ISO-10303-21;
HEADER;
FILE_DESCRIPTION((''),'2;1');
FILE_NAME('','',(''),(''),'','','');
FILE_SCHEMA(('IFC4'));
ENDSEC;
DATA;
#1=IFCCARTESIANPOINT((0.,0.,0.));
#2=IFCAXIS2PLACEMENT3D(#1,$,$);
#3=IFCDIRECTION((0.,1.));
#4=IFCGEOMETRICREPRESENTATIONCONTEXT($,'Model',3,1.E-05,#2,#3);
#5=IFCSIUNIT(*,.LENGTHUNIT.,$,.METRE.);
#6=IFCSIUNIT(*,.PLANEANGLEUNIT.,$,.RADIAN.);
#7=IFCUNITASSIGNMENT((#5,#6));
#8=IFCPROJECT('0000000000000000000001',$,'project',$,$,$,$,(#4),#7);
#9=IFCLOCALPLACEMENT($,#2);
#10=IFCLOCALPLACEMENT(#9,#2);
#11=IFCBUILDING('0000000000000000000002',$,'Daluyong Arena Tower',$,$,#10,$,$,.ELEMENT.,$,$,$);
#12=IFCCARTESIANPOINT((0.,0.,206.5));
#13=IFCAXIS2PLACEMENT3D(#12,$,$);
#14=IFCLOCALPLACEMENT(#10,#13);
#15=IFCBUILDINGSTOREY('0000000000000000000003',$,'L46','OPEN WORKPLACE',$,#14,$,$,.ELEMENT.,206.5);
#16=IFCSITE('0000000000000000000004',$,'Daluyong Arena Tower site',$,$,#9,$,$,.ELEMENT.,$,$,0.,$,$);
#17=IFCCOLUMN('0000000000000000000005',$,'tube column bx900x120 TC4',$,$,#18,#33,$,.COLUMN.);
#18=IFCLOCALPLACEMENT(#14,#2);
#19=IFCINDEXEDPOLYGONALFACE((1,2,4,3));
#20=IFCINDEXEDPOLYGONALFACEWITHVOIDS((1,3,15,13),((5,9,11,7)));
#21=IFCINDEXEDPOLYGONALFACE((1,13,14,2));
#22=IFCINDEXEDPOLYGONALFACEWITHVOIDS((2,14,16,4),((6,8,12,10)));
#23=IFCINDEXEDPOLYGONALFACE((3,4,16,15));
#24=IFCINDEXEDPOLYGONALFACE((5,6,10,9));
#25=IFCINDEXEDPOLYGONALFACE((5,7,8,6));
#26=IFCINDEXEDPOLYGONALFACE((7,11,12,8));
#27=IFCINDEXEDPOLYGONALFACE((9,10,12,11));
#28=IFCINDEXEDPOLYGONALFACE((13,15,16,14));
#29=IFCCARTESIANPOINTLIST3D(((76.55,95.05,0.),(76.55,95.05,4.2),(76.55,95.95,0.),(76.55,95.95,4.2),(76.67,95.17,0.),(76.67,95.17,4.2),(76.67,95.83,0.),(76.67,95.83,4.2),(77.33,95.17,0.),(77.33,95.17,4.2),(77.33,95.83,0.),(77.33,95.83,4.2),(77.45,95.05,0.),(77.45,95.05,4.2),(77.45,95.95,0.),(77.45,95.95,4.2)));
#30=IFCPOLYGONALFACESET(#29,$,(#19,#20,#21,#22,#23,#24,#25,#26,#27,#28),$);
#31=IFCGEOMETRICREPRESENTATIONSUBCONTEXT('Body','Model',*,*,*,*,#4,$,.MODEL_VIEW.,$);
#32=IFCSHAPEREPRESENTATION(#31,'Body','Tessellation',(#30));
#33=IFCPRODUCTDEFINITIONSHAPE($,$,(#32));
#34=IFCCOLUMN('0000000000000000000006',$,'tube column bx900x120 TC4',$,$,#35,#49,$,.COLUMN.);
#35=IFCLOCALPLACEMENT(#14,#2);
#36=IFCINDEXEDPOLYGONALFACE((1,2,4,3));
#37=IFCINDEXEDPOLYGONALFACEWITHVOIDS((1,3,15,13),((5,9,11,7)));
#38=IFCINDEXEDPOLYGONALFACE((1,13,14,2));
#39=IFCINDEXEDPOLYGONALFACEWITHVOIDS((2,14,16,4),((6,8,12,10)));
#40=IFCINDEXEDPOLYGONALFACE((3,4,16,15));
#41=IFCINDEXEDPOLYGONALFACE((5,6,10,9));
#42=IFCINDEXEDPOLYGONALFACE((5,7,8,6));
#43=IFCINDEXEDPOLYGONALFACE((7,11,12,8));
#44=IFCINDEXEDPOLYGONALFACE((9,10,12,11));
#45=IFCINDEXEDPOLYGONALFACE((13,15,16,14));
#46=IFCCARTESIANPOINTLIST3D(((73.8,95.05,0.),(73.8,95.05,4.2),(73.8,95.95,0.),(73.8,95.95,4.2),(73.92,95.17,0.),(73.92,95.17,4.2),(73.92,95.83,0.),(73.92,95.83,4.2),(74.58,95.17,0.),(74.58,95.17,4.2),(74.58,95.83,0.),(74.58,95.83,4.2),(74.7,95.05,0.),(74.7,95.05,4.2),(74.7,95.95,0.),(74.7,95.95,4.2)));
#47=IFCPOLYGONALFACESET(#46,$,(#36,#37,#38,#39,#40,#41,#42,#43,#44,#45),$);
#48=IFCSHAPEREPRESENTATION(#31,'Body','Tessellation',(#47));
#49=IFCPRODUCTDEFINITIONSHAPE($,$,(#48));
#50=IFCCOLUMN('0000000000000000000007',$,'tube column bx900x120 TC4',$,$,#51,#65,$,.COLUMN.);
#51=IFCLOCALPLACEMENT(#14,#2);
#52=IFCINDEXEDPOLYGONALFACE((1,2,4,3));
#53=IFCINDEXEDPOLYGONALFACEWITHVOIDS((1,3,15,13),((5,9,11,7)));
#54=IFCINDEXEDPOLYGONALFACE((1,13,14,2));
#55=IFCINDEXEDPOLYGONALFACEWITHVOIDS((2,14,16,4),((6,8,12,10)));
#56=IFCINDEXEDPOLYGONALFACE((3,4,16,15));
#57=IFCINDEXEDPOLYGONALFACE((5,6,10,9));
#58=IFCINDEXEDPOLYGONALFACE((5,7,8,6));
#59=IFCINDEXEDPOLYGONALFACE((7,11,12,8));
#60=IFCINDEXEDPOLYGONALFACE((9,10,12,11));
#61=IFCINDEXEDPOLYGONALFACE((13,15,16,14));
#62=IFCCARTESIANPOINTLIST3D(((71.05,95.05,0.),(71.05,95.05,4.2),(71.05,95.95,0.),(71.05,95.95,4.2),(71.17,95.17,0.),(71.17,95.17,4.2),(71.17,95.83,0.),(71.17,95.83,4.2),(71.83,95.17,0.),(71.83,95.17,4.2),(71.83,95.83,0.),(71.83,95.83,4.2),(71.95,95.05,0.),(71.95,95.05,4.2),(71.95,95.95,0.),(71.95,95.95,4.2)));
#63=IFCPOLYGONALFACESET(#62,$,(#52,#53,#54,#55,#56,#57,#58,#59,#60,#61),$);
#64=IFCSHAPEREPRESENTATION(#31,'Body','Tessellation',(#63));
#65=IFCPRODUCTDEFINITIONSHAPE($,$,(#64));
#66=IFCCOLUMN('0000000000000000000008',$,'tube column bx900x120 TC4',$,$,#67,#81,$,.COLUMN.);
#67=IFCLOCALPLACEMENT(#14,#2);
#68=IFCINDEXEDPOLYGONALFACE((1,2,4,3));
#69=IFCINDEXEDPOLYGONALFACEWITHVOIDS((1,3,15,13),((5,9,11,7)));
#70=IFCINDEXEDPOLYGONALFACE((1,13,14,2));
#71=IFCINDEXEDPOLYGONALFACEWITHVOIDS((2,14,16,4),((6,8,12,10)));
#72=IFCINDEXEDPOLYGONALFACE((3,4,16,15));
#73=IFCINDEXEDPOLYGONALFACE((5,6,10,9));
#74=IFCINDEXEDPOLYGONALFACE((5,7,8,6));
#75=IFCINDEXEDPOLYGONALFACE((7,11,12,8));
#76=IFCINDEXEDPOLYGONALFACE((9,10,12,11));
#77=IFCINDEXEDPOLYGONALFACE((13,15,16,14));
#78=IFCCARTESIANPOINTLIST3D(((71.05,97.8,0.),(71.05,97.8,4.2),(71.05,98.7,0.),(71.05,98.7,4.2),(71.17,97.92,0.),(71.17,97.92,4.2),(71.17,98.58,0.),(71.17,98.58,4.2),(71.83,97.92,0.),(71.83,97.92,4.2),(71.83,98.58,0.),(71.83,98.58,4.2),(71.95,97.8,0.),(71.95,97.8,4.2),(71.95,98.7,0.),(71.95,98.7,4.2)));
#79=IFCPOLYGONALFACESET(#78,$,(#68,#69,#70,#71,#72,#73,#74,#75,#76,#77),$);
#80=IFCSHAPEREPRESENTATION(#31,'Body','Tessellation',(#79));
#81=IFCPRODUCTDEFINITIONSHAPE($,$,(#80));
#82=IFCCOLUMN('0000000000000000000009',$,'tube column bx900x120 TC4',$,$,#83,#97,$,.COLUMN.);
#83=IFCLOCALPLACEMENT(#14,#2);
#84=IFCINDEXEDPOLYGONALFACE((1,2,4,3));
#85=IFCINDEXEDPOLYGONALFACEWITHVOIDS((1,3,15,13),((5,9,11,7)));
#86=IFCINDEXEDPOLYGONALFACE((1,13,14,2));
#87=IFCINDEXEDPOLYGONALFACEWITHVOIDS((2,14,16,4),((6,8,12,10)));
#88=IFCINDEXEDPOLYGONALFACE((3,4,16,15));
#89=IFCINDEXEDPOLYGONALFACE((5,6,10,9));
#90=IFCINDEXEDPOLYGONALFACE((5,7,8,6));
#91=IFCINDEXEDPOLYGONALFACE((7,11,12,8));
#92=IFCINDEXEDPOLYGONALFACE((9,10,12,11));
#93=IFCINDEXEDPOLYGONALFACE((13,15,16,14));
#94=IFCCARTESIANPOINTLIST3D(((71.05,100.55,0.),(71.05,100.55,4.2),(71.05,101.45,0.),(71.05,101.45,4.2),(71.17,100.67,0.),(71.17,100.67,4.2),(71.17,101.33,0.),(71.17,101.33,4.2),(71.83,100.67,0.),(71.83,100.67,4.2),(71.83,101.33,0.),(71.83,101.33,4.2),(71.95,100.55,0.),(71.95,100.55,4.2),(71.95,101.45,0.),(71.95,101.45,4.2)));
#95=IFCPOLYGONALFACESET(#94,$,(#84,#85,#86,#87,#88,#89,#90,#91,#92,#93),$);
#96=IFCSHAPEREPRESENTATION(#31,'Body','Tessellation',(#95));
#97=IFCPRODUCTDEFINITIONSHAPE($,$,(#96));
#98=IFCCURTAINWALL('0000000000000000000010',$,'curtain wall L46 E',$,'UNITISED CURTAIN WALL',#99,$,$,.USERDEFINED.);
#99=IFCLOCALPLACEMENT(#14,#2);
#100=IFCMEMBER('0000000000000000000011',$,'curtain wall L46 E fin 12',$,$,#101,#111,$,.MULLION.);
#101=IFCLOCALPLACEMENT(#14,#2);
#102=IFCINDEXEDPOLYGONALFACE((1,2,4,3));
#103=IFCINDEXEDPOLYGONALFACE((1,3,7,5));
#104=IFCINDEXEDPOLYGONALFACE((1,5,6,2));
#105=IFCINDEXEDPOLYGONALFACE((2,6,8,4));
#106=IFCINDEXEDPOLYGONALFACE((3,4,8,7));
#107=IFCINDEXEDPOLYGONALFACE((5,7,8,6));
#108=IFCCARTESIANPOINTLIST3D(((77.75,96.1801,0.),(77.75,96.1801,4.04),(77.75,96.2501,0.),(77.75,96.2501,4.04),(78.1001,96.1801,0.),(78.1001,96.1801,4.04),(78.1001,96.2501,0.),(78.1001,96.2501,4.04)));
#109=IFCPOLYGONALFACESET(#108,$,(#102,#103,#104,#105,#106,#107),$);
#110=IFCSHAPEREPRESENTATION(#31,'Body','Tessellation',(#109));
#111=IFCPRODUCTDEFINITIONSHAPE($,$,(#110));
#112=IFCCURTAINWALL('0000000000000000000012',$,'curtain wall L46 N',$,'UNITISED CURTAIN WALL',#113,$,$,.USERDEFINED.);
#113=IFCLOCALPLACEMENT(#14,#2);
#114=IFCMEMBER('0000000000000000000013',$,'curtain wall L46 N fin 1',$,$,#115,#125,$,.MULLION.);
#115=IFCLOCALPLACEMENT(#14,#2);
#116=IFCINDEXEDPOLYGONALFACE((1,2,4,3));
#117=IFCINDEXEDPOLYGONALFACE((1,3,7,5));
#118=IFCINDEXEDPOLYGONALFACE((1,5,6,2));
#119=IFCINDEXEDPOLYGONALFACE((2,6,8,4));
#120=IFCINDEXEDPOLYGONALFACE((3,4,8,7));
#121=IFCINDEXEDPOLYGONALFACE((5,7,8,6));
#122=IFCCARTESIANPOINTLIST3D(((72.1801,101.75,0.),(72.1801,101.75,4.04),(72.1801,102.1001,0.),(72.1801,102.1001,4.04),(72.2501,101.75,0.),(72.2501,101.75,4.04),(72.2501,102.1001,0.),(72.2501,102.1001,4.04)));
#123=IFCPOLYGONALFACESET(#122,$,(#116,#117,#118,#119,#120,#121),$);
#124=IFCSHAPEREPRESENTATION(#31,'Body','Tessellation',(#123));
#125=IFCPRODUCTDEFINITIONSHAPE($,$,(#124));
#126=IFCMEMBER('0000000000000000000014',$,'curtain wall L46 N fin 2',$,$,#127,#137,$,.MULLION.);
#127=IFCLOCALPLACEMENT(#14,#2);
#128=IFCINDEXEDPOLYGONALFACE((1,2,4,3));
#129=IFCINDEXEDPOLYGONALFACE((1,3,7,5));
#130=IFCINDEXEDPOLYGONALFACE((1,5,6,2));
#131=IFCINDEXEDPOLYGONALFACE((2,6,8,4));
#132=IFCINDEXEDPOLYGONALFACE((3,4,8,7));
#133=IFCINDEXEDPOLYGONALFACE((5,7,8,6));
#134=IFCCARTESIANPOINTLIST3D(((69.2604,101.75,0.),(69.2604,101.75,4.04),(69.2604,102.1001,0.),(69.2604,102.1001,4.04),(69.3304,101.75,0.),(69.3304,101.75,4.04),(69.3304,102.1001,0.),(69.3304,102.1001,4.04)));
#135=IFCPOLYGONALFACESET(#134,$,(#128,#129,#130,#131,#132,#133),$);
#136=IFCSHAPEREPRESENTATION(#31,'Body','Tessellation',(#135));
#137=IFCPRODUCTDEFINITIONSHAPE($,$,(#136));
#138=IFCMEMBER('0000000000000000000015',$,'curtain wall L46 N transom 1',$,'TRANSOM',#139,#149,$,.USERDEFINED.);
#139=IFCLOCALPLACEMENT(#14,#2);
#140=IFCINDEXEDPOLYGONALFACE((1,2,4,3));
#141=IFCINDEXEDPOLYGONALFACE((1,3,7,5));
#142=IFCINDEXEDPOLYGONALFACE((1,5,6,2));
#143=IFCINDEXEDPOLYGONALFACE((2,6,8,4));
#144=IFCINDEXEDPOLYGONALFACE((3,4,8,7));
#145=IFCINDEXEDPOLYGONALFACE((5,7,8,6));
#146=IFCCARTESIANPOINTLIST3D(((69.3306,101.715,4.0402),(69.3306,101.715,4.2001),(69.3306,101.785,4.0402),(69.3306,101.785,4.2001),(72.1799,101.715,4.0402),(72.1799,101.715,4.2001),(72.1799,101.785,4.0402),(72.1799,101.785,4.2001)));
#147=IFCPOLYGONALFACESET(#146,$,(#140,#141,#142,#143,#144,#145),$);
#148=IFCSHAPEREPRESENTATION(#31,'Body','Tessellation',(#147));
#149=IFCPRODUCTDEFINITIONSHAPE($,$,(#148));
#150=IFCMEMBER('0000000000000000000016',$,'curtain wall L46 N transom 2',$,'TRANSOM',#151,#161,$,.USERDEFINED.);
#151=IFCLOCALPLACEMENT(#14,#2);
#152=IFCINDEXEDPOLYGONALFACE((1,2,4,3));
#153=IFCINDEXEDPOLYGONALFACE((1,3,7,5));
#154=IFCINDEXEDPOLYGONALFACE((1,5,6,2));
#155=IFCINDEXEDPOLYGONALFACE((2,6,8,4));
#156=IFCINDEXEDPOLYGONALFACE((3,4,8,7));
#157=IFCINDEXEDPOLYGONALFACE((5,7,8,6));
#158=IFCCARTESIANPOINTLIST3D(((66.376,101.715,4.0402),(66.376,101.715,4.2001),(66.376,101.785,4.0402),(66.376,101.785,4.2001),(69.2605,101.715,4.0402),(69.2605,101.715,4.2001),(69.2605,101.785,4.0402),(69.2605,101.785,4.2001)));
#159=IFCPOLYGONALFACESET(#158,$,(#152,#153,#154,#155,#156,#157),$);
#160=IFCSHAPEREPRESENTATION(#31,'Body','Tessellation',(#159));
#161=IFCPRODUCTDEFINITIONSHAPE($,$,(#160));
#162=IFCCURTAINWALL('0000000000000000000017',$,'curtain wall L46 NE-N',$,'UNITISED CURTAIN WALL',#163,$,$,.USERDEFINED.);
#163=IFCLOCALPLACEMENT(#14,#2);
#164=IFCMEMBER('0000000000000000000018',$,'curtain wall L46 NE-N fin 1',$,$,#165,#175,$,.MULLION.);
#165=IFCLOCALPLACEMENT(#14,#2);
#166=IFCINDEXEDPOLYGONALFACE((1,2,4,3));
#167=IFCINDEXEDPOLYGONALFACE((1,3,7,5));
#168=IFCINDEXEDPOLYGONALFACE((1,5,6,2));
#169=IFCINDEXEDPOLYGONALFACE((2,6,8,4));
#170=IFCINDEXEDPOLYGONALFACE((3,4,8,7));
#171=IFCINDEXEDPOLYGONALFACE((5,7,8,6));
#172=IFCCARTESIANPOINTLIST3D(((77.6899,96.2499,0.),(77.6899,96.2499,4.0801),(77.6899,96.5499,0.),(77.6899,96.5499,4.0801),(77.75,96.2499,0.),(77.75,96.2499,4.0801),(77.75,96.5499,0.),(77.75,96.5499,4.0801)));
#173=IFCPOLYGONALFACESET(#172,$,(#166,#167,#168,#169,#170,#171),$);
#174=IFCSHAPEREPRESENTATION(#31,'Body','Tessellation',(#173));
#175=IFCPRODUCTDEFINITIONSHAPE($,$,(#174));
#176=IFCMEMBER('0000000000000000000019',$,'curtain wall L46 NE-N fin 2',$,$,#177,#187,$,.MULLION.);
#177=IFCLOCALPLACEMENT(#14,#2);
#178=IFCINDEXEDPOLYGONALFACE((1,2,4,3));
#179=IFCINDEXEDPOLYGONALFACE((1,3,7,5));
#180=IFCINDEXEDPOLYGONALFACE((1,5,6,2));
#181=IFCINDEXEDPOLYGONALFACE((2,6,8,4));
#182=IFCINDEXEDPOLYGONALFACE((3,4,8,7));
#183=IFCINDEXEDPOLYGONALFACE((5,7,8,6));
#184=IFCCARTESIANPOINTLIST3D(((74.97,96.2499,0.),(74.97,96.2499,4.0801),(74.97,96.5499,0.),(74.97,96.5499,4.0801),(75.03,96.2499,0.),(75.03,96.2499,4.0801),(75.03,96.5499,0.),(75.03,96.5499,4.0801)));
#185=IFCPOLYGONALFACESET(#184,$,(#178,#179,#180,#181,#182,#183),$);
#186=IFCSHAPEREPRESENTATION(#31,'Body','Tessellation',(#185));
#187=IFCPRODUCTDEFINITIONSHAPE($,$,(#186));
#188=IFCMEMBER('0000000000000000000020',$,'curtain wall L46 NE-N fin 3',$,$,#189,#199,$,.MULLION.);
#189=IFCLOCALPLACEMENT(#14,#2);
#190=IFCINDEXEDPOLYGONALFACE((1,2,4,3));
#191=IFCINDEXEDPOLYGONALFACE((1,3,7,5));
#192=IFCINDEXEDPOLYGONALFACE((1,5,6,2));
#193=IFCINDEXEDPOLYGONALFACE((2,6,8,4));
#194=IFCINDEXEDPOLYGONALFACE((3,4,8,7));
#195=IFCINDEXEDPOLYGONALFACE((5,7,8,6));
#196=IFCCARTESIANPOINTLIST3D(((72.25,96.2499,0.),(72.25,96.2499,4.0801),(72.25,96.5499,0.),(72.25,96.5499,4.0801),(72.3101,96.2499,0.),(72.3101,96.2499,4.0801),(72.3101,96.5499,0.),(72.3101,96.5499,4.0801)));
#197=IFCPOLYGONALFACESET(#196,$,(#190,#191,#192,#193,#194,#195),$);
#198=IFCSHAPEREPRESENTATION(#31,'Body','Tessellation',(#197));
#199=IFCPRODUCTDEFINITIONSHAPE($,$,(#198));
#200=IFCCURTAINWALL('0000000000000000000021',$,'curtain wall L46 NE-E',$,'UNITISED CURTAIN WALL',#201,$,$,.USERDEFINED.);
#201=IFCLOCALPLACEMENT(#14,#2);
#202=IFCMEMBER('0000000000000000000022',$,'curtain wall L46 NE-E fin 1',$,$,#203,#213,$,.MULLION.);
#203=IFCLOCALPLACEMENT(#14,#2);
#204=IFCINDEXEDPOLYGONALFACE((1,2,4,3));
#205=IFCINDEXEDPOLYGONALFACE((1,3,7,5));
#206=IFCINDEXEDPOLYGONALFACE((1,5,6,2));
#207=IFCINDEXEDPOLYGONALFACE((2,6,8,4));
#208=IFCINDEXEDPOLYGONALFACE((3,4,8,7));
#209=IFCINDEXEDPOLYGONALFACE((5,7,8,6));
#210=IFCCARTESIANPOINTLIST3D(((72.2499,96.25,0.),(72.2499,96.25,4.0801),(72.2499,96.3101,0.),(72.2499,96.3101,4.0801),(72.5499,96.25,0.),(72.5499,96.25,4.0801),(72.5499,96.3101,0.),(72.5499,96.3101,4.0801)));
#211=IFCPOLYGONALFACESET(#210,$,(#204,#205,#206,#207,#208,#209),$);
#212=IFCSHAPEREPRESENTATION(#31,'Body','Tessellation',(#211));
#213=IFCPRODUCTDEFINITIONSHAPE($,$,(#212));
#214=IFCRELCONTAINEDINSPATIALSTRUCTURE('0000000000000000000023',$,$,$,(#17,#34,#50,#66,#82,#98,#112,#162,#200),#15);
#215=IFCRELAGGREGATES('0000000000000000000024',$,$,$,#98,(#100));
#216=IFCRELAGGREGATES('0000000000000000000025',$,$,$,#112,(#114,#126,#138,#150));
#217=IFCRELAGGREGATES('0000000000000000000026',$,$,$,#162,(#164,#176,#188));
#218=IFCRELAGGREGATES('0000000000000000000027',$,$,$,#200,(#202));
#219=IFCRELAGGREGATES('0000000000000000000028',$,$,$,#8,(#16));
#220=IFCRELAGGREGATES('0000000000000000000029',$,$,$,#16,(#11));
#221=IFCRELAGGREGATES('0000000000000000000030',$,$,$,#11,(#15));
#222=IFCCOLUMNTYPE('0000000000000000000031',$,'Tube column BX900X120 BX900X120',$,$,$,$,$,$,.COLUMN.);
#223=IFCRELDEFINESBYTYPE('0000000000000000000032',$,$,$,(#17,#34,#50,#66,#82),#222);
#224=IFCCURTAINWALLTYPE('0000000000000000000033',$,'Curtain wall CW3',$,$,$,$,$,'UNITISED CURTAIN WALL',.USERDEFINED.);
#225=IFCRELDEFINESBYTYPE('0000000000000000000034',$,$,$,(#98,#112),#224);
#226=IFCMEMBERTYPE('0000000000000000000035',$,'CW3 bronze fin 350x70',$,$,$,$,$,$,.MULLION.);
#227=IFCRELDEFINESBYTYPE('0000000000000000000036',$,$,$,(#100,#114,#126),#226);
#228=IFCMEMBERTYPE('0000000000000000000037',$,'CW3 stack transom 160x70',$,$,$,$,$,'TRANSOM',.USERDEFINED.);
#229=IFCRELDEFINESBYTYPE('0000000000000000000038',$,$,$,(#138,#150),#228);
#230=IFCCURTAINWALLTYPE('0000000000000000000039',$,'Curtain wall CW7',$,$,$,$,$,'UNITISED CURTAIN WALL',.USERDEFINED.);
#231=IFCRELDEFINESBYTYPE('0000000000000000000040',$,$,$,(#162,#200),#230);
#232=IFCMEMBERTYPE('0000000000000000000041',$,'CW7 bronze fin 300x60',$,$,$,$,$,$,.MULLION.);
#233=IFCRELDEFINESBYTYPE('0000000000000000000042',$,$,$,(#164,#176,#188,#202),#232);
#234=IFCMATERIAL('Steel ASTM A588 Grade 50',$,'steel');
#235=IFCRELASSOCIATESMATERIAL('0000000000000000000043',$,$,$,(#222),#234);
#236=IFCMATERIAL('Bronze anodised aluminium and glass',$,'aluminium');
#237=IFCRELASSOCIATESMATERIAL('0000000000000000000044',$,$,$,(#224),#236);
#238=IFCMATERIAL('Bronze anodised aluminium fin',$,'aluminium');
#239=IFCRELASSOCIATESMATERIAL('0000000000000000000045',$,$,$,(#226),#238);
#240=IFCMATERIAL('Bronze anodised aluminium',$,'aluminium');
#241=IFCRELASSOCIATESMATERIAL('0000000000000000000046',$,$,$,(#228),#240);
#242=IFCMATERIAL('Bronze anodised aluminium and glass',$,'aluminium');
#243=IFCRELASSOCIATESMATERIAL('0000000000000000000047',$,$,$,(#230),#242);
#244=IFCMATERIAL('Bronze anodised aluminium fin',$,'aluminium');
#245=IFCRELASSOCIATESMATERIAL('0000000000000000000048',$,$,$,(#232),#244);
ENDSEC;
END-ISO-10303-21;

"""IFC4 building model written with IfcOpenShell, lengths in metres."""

from ifc_helpers import new_model, si_unit, direction, frame, origin, origin_2d, place, context, subcontext, project, spatial, rectangle, hollow_rectangle, extrude, material, material_profile, profile_set, type_object, element, aggregate, save


model = new_model("IFC4")

# Units and contexts
model_context = context("Model", 3, precision=1e-05, world=origin(), true_north=direction((0.0, 1.0)))
body_context = subcontext(model_context, "Body", "Model", "MODEL_VIEW")
ifc_project = project(units=[si_unit("LENGTHUNIT", "METRE"), si_unit("PLANEANGLEUNIT", "RADIAN")], contexts=[model_context])

# Site, building, storey
site_placement = place(None, origin())
site = spatial("IfcSite", under=ifc_project, at=site_placement, Name="Daluyong Arena Tower site", CompositionType="ELEMENT", RefElevation=0.0)
building_placement = place(site_placement, origin())
building = spatial("IfcBuilding", under=site, at=building_placement, Name="Daluyong Arena Tower", CompositionType="ELEMENT")
storey_placement = place(building_placement, frame((0.0, 0.0, 206.5)))
storey = spatial("IfcBuildingStorey", under=building, at=storey_placement, Name="L46", Description="OPEN WORKPLACE", CompositionType="ELEMENT", Elevation=206.5)

# Columns
ifc_material_1 = material(Name="Steel ASTM A588 Grade 50", Category="steel")
ifc_material_profile_1 = material_profile(ifc_material_1, hollow_rectangle(XDim=0.8999, YDim=0.8999, WallThickness=0.12, at=origin_2d()))
ifc_profile_set_1 = profile_set([ifc_material_profile_1], Name="Steel ASTM A588 Grade 50")
column_type = type_object("IfcColumnType", Name="Tube column BX900X120 BX900X120", PredefinedType="COLUMN", material=ifc_profile_set_1)
for number, where, z_axis, x_axis, name in (
    (1, (77.0, 95.5, 0.0), (0.0, 0.0, 1.0), (1.0, 0.0, 0.0), "tube column bx900x120 TC4"),
    (2, (74.25, 95.5, 0.0), (0.0, 0.0, 1.0), (1.0, 0.0, 0.0), "tube column bx900x120 TC4"),
    (3, (71.5, 95.5, 0.0), (0.0, 0.0, 1.0), (0.0, 1.0, 0.0), "tube column bx900x120 TC4"),
    (4, (71.5, 98.25, 0.0), (0.0, 0.0, 1.0), (0.0, 1.0, 0.0), "tube column bx900x120 TC4"),
    (5, (71.5, 101.0, 0.0), (0.0, 0.0, 1.0), (1.0, 0.0, 0.0), "tube column bx900x120 TC4"),
):
    element("IfcColumn", number, at=place(storey_placement, frame(where, z_axis=z_axis, x_axis=x_axis)), inside=storey, type_object=column_type, Name=name, PredefinedType="COLUMN", context=body_context, shape_type="SweptSolid", body=[
        extrude(hollow_rectangle(XDim=0.8999, YDim=0.8999, WallThickness=0.12, at=origin_2d()), origin(), (0.0, 0.0, 1.0), 4.2),
    ])

# Curtain wall, member
ifc_material_2 = material(Name="Bronze anodised aluminium and glass", Category="aluminium")
curtain_wall_type_1 = type_object("IfcCurtainWallType", Name="Curtain wall CW3", ElementType="UNITISED CURTAIN WALL", PredefinedType="USERDEFINED", material=ifc_material_2)
curtain_wall_1_placement = place(storey_placement, origin())
curtain_wall_1 = element("IfcCurtainWall", 6, at=curtain_wall_1_placement, inside=storey, type_object=curtain_wall_type_1, Name="curtain wall L46 E", ObjectType="UNITISED CURTAIN WALL", PredefinedType="USERDEFINED")
ifc_material_3 = material(Name="Bronze anodised aluminium fin", Category="aluminium")
ifc_material_profile_2 = material_profile(ifc_material_3, rectangle(XDim=0.3501, YDim=0.0701, at=origin_2d()))
ifc_profile_set_2 = profile_set([ifc_material_profile_2], Name="Bronze anodised aluminium fin")
member_type_1 = type_object("IfcMemberType", Name="CW3 bronze fin 350x70", PredefinedType="MULLION", material=ifc_profile_set_2)
member_1_placement = place(storey_placement, frame((77.925, 96.2151, 0.0), z_axis=(0.0, 0.0, 1.0), x_axis=(-1.0, 0.0, 0.0)))
member_1 = element("IfcMember", 7, at=member_1_placement, type_object=member_type_1, Name="curtain wall L46 E fin 12", PredefinedType="MULLION", context=body_context, shape_type="SweptSolid", body=[
    extrude(rectangle(XDim=0.3501, YDim=0.0701, at=origin_2d()), origin(), (0.0, 0.0, 1.0), 4.04),
])

# Curtain walls, members
curtain_wall_2_placement = place(storey_placement, origin())
curtain_wall_2 = element("IfcCurtainWall", 8, at=curtain_wall_2_placement, inside=storey, type_object=curtain_wall_type_1, Name="curtain wall L46 N", ObjectType="UNITISED CURTAIN WALL", PredefinedType="USERDEFINED")
member_2_placement = place(storey_placement, frame((72.2151, 101.925, 0.0), z_axis=(0.0, 0.0, 1.0), x_axis=(0.0, -1.0, 0.0)))
member_2 = element("IfcMember", 9, at=member_2_placement, type_object=member_type_1, Name="curtain wall L46 N fin 1", PredefinedType="MULLION", context=body_context, shape_type="SweptSolid", body=[
    extrude(rectangle(XDim=0.3501, YDim=0.0701, at=origin_2d()), origin(), (0.0, 0.0, 1.0), 4.04),
])
member_3_placement = place(storey_placement, frame((69.2954, 101.925, 0.0), z_axis=(0.0, 0.0, 1.0), x_axis=(0.0, -1.0, 0.0)))
member_3 = element("IfcMember", 10, at=member_3_placement, type_object=member_type_1, Name="curtain wall L46 N fin 2", PredefinedType="MULLION", context=body_context, shape_type="SweptSolid", body=[
    extrude(rectangle(XDim=0.3501, YDim=0.0701, at=origin_2d()), origin(), (0.0, 0.0, 1.0), 4.04),
])
ifc_material_4 = material(Name="Bronze anodised aluminium", Category="aluminium")
ifc_material_profile_3 = material_profile(ifc_material_4, rectangle(XDim=0.0701, YDim=0.1599, at=origin_2d()))
ifc_profile_set_3 = profile_set([ifc_material_profile_3], Name="Bronze anodised aluminium")
member_type_2 = type_object("IfcMemberType", Name="CW3 stack transom 160x70", ElementType="TRANSOM", PredefinedType="USERDEFINED", material=ifc_profile_set_3)
member_4_placement = place(storey_placement, frame((72.1799, 101.75, 4.1201), z_axis=(-1.0, 0.0, 0.0), x_axis=(0.0, -1.0, 0.0)))
member_4 = element("IfcMember", 11, at=member_4_placement, type_object=member_type_2, Name="curtain wall L46 N transom 1", ObjectType="TRANSOM", PredefinedType="USERDEFINED", context=body_context, shape_type="SweptSolid", body=[
    extrude(rectangle(XDim=0.0701, YDim=0.1599, at=origin_2d()), origin(), (0.0, 0.0, 1.0), 2.8494),
])
member_5_placement = place(storey_placement, frame((69.2605, 101.75, 4.1201), z_axis=(-1.0, 0.0, 0.0), x_axis=(0.0, -1.0, 0.0)))
member_5 = element("IfcMember", 12, at=member_5_placement, type_object=member_type_2, Name="curtain wall L46 N transom 2", ObjectType="TRANSOM", PredefinedType="USERDEFINED", context=body_context, shape_type="SweptSolid", body=[
    extrude(rectangle(XDim=0.0701, YDim=0.1599, at=origin_2d()), origin(), (0.0, 0.0, 1.0), 2.8845),
])
ifc_material_5 = material(Name="Bronze anodised aluminium and glass", Category="aluminium")
curtain_wall_type_2 = type_object("IfcCurtainWallType", Name="Curtain wall CW7", ElementType="UNITISED CURTAIN WALL", PredefinedType="USERDEFINED", material=ifc_material_5)
curtain_wall_3_placement = place(storey_placement, origin())
curtain_wall_3 = element("IfcCurtainWall", 13, at=curtain_wall_3_placement, inside=storey, type_object=curtain_wall_type_2, Name="curtain wall L46 NE-N", ObjectType="UNITISED CURTAIN WALL", PredefinedType="USERDEFINED")
ifc_material_6 = material(Name="Bronze anodised aluminium fin", Category="aluminium")
ifc_material_profile_4 = material_profile(ifc_material_6, rectangle(XDim=0.3, YDim=0.0601, at=origin_2d()))
ifc_profile_set_4 = profile_set([ifc_material_profile_4], Name="Bronze anodised aluminium fin")
member_type_3 = type_object("IfcMemberType", Name="CW7 bronze fin 300x60", PredefinedType="MULLION", material=ifc_profile_set_4)
member_6_placement = place(storey_placement, frame((77.72, 96.3999, 0.0), z_axis=(0.0, 0.0, 1.0), x_axis=(0.0, -1.0, 0.0)))
member_6 = element("IfcMember", 14, at=member_6_placement, type_object=member_type_3, Name="curtain wall L46 NE-N fin 1", PredefinedType="MULLION", context=body_context, shape_type="SweptSolid", body=[
    extrude(rectangle(XDim=0.3, YDim=0.0601, at=origin_2d()), origin(), (0.0, 0.0, 1.0), 4.0801),
])
member_7_placement = place(storey_placement, frame((75.0, 96.3999, 0.0), z_axis=(0.0, 0.0, 1.0), x_axis=(0.0, -1.0, 0.0)))
member_7 = element("IfcMember", 15, at=member_7_placement, type_object=member_type_3, Name="curtain wall L46 NE-N fin 2", PredefinedType="MULLION", context=body_context, shape_type="SweptSolid", body=[
    extrude(rectangle(XDim=0.3, YDim=0.0601, at=origin_2d()), origin(), (0.0, 0.0, 1.0), 4.0801),
])
member_8_placement = place(storey_placement, frame((72.28, 96.3999, 0.0), z_axis=(0.0, 0.0, 1.0), x_axis=(0.0, -1.0, 0.0)))
member_8 = element("IfcMember", 16, at=member_8_placement, type_object=member_type_3, Name="curtain wall L46 NE-N fin 3", PredefinedType="MULLION", context=body_context, shape_type="SweptSolid", body=[
    extrude(rectangle(XDim=0.3, YDim=0.0601, at=origin_2d()), origin(), (0.0, 0.0, 1.0), 4.0801),
])
curtain_wall_4_placement = place(storey_placement, origin())
curtain_wall_4 = element("IfcCurtainWall", 17, at=curtain_wall_4_placement, inside=storey, type_object=curtain_wall_type_2, Name="curtain wall L46 NE-E", ObjectType="UNITISED CURTAIN WALL", PredefinedType="USERDEFINED")
member_9_placement = place(storey_placement, frame((72.3999, 96.28, 0.0), z_axis=(0.0, 0.0, 1.0), x_axis=(-1.0, 0.0, 0.0)))
member_9 = element("IfcMember", 18, at=member_9_placement, type_object=member_type_3, Name="curtain wall L46 NE-E fin 1", PredefinedType="MULLION", context=body_context, shape_type="SweptSolid", body=[
    extrude(rectangle(XDim=0.3, YDim=0.0601, at=origin_2d()), origin(), (0.0, 0.0, 1.0), 4.0801),
])

aggregate(curtain_wall_1, [member_1])
aggregate(curtain_wall_2, [member_2, member_3, member_4, member_5])
aggregate(curtain_wall_3, [member_6, member_7, member_8])
aggregate(curtain_wall_4, [member_9])

save(model, "model.ifc")
